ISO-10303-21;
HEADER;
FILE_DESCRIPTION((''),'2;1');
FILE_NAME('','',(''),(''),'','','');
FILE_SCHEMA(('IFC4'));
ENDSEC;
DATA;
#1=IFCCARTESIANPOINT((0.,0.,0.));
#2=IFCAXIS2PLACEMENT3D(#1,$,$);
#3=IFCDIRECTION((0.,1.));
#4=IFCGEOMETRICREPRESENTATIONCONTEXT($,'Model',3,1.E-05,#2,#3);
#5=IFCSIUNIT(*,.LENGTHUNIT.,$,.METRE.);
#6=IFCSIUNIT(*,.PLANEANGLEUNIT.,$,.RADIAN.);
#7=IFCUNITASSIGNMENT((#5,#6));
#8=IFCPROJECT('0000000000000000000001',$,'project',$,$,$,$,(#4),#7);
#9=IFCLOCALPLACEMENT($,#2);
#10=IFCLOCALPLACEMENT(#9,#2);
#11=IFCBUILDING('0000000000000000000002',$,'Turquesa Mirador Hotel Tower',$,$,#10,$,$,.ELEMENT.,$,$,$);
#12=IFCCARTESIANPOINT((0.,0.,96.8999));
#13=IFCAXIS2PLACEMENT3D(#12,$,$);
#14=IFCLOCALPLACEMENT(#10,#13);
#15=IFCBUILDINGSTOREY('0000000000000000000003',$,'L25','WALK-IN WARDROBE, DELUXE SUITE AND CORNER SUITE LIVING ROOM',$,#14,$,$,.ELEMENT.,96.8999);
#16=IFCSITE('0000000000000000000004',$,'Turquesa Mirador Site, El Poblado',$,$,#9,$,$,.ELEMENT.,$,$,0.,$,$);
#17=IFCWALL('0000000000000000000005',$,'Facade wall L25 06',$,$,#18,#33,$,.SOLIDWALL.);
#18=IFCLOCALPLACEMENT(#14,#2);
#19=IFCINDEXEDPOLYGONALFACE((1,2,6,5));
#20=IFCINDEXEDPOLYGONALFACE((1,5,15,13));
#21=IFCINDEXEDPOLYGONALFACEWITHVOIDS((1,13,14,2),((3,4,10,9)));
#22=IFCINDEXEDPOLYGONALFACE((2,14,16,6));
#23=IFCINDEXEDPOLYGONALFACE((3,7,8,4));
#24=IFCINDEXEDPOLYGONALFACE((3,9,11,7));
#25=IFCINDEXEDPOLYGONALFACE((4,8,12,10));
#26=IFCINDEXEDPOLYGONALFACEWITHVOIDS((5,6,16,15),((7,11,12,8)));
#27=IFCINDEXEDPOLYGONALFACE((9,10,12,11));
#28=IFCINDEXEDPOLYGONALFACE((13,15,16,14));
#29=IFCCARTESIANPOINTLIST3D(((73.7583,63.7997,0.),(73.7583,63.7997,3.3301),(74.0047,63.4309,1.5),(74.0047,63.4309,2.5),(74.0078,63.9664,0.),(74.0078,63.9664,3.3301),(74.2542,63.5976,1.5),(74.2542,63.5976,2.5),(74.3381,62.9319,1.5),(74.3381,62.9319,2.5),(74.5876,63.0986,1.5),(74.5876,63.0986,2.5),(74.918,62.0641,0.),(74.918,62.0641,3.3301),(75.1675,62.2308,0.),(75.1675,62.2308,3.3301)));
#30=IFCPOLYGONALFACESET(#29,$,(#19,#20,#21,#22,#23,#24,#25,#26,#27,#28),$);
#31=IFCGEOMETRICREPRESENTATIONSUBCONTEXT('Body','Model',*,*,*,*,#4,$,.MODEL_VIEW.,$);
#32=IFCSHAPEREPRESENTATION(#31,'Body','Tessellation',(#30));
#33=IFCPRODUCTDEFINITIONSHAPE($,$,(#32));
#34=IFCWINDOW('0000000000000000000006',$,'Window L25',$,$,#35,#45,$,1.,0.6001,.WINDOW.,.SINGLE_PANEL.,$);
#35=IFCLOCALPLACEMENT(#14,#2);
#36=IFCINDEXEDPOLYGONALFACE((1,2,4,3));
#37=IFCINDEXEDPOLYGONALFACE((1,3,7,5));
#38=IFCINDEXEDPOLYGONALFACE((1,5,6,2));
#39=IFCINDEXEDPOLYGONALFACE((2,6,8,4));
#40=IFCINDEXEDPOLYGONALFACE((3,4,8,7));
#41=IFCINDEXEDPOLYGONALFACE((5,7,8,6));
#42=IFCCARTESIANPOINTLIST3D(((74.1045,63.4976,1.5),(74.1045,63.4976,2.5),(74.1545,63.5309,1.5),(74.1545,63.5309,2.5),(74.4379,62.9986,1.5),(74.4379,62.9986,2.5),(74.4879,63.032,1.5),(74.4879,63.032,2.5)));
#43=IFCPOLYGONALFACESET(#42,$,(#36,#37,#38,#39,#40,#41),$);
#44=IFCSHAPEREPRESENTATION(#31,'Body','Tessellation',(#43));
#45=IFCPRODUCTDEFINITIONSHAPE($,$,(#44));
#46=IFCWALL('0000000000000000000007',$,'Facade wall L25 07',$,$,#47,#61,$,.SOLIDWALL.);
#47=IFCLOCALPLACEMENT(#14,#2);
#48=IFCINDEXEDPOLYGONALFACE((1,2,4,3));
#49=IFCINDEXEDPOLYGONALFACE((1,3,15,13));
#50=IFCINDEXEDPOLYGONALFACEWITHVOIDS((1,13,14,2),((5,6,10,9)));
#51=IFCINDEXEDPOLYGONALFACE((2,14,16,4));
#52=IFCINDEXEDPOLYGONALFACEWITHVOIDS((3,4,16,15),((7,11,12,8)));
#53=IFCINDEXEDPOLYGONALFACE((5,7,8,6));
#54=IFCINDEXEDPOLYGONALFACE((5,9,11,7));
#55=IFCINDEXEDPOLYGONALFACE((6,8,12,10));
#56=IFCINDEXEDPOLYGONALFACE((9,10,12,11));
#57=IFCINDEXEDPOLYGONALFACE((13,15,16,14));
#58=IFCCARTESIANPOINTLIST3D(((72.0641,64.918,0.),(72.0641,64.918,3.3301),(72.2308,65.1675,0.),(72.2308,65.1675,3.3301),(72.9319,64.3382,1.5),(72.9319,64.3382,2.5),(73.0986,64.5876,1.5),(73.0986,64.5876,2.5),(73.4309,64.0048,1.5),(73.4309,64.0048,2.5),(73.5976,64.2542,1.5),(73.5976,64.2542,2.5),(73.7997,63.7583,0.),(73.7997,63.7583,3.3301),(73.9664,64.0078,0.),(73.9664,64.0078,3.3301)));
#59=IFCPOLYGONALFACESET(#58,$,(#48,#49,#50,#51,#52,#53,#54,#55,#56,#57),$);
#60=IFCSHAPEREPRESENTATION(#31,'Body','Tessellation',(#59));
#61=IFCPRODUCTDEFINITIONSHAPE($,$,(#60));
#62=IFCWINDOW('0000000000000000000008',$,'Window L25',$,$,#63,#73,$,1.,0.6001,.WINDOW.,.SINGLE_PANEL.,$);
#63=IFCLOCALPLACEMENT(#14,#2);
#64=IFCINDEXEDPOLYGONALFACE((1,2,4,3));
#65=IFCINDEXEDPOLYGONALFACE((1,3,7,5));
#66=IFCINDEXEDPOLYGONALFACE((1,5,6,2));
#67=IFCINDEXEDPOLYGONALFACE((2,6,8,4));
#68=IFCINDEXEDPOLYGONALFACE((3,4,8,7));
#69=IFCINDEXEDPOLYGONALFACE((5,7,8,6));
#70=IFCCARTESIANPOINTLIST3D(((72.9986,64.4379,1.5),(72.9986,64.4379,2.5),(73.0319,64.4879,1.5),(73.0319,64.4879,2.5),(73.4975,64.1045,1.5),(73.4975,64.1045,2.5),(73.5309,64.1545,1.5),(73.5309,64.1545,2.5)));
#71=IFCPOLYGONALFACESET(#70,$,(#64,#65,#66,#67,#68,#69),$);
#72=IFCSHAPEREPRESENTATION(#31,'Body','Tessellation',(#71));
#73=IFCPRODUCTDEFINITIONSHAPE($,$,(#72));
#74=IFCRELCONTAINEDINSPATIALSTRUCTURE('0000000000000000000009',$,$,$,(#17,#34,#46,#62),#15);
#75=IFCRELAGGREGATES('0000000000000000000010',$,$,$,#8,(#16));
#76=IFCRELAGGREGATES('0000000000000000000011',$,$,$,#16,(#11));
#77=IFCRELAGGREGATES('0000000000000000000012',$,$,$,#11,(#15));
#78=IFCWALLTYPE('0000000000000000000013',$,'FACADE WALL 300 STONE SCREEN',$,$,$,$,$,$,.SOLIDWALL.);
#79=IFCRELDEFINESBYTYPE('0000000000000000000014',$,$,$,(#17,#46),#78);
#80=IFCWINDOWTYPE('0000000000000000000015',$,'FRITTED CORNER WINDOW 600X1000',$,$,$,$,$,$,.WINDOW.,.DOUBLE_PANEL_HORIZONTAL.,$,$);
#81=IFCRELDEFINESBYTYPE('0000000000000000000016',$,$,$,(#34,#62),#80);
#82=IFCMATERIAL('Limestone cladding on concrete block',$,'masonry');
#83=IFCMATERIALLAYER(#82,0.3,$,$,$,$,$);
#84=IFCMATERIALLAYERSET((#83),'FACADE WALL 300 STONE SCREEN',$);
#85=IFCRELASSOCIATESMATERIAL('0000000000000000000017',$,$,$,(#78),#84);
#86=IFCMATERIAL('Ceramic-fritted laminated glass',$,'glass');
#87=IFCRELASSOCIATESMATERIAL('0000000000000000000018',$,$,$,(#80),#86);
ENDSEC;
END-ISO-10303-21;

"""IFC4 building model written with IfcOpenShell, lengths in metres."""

from ifc_helpers import new_model, si_unit, direction, frame, frame_2d, origin, place, context, subcontext, project, spatial, rectangle, extrude, material, layer, layer_set, type_object, element, fill, save


model = new_model("IFC4")

# Units and contexts
model_context = context("Model", 3, precision=1e-05, world=origin(), true_north=direction((0.0, 1.0)))
body_context = subcontext(model_context, "Body", "Model", "MODEL_VIEW")
ifc_project = project(units=[si_unit("LENGTHUNIT", "METRE"), si_unit("PLANEANGLEUNIT", "RADIAN")], contexts=[model_context])

# Site, building, storey
site_placement = place(None, origin())
site = spatial("IfcSite", under=ifc_project, at=site_placement, Name="Turquesa Mirador Site, El Poblado", CompositionType="ELEMENT", RefElevation=0.0)
building_placement = place(site_placement, origin())
building = spatial("IfcBuilding", under=site, at=building_placement, Name="Turquesa Mirador Hotel Tower", CompositionType="ELEMENT")
storey_placement = place(building_placement, frame((0.0, 0.0, 96.8999)))
storey = spatial("IfcBuildingStorey", under=building, at=storey_placement, Name="L25", Description="WALK-IN WARDROBE, DELUXE SUITE AND CORNER SUITE LIVING ROOM", CompositionType="ELEMENT", Elevation=96.8999)

# Walls, openings, windows
ifc_material_1 = material(Name="Limestone cladding on concrete block", Category="masonry")
ifc_layer = layer(ifc_material_1, 0.3)
ifc_layer_set = layer_set([ifc_layer], Name="FACADE WALL 300 STONE SCREEN")
wall_type = type_object("IfcWallType", Name="FACADE WALL 300 STONE SCREEN", PredefinedType="SOLIDWALL", material=ifc_layer_set)
wall_1_placement = place(storey_placement, frame((75.0427, 62.1475, 0.0), z_axis=(0.0, 0.0, 1.0), x_axis=(-0.555564, 0.831474, 0.0)))
wall_1 = element("IfcWall", 1, at=wall_1_placement, inside=storey, type_object=wall_type, Name="Facade wall L25 06", PredefinedType="SOLIDWALL", context=body_context, shape_type="SweptSolid", body=[
    extrude(rectangle(XDim=2.0874, YDim=0.3, at=frame_2d((1.0437, 0.0))), origin(), (0.0, 0.0, 1.0), 3.3301),
])
opening_1_placement = place(wall_1_placement, frame((1.0437, 0.0, 1.5)))
opening_1 = element("IfcOpeningElement", 2, at=opening_1_placement, cuts=wall_1, PredefinedType="OPENING", context=body_context, shape_type="SweptSolid", body=[
    extrude(rectangle(XDim=0.6001, YDim=1.0, at=frame_2d((0.3, 0.5))), frame((0.0, 0.1599, 0.0), z_axis=(0.0, -1.0, 0.0), x_axis=(1.0, 0.0, 0.0)), (0.0, 0.0, 1.0), 0.3201),
])
ifc_material_2 = material(Name="Ceramic-fritted laminated glass", Category="glass")
window_type_1 = type_object("IfcWindowType", Name="FRITTED CORNER WINDOW 600X1000", PartitioningType="DOUBLE_PANEL_HORIZONTAL", PredefinedType="WINDOW", material=ifc_material_2)
window_1_placement = place(opening_1_placement, origin())
window_1 = element("IfcWindow", 3, at=window_1_placement, inside=storey, type_object=window_type_1, Name="Window L25", OverallHeight=1.0, OverallWidth=0.6001, PartitioningType="SINGLE_PANEL", PredefinedType="WINDOW", context=body_context, shape_type="SweptSolid", body=[
    extrude(rectangle(XDim=0.6001, YDim=1.0, at=frame_2d((0.3, 0.5))), frame((0.0, 0.03, 0.0), z_axis=(0.0, -1.0, 0.0), x_axis=(1.0, 0.0, 0.0)), (0.0, 0.0, 1.0), 0.0601),
])
fill(opening_1, window_1)
wall_2_placement = place(storey_placement, frame((73.8831, 63.8831, 0.0), z_axis=(0.0, 0.0, 1.0), x_axis=(-0.831474, 0.555564, 0.0)))
wall_2 = element("IfcWall", 4, at=wall_2_placement, inside=storey, type_object=wall_type, Name="Facade wall L25 07", PredefinedType="SOLIDWALL", context=body_context, shape_type="SweptSolid", body=[
    extrude(rectangle(XDim=2.0874, YDim=0.3, at=frame_2d((1.0437, 0.0))), origin(), (0.0, 0.0, 1.0), 3.3301),
])
opening_2_placement = place(wall_2_placement, frame((0.4436, 0.0, 1.5)))
opening_2 = element("IfcOpeningElement", 5, at=opening_2_placement, cuts=wall_2, PredefinedType="OPENING", context=body_context, shape_type="SweptSolid", body=[
    extrude(rectangle(XDim=0.6001, YDim=1.0, at=frame_2d((0.3, 0.5))), frame((0.0, 0.1599, 0.0), z_axis=(0.0, -1.0, 0.0), x_axis=(1.0, 0.0, 0.0)), (0.0, 0.0, 1.0), 0.3201),
])
window_2_placement = place(opening_2_placement, origin())
window_2 = element("IfcWindow", 6, at=window_2_placement, inside=storey, type_object=window_type_1, Name="Window L25", OverallHeight=1.0, OverallWidth=0.6001, PartitioningType="SINGLE_PANEL", PredefinedType="WINDOW", context=body_context, shape_type="SweptSolid", body=[
    extrude(rectangle(XDim=0.6001, YDim=1.0, at=frame_2d((0.3, 0.5))), frame((0.0, 0.03, 0.0), z_axis=(0.0, -1.0, 0.0), x_axis=(1.0, 0.0, 0.0)), (0.0, 0.0, 1.0), 0.0601),
])
fill(opening_2, window_2)

save(model, "model.ifc")
